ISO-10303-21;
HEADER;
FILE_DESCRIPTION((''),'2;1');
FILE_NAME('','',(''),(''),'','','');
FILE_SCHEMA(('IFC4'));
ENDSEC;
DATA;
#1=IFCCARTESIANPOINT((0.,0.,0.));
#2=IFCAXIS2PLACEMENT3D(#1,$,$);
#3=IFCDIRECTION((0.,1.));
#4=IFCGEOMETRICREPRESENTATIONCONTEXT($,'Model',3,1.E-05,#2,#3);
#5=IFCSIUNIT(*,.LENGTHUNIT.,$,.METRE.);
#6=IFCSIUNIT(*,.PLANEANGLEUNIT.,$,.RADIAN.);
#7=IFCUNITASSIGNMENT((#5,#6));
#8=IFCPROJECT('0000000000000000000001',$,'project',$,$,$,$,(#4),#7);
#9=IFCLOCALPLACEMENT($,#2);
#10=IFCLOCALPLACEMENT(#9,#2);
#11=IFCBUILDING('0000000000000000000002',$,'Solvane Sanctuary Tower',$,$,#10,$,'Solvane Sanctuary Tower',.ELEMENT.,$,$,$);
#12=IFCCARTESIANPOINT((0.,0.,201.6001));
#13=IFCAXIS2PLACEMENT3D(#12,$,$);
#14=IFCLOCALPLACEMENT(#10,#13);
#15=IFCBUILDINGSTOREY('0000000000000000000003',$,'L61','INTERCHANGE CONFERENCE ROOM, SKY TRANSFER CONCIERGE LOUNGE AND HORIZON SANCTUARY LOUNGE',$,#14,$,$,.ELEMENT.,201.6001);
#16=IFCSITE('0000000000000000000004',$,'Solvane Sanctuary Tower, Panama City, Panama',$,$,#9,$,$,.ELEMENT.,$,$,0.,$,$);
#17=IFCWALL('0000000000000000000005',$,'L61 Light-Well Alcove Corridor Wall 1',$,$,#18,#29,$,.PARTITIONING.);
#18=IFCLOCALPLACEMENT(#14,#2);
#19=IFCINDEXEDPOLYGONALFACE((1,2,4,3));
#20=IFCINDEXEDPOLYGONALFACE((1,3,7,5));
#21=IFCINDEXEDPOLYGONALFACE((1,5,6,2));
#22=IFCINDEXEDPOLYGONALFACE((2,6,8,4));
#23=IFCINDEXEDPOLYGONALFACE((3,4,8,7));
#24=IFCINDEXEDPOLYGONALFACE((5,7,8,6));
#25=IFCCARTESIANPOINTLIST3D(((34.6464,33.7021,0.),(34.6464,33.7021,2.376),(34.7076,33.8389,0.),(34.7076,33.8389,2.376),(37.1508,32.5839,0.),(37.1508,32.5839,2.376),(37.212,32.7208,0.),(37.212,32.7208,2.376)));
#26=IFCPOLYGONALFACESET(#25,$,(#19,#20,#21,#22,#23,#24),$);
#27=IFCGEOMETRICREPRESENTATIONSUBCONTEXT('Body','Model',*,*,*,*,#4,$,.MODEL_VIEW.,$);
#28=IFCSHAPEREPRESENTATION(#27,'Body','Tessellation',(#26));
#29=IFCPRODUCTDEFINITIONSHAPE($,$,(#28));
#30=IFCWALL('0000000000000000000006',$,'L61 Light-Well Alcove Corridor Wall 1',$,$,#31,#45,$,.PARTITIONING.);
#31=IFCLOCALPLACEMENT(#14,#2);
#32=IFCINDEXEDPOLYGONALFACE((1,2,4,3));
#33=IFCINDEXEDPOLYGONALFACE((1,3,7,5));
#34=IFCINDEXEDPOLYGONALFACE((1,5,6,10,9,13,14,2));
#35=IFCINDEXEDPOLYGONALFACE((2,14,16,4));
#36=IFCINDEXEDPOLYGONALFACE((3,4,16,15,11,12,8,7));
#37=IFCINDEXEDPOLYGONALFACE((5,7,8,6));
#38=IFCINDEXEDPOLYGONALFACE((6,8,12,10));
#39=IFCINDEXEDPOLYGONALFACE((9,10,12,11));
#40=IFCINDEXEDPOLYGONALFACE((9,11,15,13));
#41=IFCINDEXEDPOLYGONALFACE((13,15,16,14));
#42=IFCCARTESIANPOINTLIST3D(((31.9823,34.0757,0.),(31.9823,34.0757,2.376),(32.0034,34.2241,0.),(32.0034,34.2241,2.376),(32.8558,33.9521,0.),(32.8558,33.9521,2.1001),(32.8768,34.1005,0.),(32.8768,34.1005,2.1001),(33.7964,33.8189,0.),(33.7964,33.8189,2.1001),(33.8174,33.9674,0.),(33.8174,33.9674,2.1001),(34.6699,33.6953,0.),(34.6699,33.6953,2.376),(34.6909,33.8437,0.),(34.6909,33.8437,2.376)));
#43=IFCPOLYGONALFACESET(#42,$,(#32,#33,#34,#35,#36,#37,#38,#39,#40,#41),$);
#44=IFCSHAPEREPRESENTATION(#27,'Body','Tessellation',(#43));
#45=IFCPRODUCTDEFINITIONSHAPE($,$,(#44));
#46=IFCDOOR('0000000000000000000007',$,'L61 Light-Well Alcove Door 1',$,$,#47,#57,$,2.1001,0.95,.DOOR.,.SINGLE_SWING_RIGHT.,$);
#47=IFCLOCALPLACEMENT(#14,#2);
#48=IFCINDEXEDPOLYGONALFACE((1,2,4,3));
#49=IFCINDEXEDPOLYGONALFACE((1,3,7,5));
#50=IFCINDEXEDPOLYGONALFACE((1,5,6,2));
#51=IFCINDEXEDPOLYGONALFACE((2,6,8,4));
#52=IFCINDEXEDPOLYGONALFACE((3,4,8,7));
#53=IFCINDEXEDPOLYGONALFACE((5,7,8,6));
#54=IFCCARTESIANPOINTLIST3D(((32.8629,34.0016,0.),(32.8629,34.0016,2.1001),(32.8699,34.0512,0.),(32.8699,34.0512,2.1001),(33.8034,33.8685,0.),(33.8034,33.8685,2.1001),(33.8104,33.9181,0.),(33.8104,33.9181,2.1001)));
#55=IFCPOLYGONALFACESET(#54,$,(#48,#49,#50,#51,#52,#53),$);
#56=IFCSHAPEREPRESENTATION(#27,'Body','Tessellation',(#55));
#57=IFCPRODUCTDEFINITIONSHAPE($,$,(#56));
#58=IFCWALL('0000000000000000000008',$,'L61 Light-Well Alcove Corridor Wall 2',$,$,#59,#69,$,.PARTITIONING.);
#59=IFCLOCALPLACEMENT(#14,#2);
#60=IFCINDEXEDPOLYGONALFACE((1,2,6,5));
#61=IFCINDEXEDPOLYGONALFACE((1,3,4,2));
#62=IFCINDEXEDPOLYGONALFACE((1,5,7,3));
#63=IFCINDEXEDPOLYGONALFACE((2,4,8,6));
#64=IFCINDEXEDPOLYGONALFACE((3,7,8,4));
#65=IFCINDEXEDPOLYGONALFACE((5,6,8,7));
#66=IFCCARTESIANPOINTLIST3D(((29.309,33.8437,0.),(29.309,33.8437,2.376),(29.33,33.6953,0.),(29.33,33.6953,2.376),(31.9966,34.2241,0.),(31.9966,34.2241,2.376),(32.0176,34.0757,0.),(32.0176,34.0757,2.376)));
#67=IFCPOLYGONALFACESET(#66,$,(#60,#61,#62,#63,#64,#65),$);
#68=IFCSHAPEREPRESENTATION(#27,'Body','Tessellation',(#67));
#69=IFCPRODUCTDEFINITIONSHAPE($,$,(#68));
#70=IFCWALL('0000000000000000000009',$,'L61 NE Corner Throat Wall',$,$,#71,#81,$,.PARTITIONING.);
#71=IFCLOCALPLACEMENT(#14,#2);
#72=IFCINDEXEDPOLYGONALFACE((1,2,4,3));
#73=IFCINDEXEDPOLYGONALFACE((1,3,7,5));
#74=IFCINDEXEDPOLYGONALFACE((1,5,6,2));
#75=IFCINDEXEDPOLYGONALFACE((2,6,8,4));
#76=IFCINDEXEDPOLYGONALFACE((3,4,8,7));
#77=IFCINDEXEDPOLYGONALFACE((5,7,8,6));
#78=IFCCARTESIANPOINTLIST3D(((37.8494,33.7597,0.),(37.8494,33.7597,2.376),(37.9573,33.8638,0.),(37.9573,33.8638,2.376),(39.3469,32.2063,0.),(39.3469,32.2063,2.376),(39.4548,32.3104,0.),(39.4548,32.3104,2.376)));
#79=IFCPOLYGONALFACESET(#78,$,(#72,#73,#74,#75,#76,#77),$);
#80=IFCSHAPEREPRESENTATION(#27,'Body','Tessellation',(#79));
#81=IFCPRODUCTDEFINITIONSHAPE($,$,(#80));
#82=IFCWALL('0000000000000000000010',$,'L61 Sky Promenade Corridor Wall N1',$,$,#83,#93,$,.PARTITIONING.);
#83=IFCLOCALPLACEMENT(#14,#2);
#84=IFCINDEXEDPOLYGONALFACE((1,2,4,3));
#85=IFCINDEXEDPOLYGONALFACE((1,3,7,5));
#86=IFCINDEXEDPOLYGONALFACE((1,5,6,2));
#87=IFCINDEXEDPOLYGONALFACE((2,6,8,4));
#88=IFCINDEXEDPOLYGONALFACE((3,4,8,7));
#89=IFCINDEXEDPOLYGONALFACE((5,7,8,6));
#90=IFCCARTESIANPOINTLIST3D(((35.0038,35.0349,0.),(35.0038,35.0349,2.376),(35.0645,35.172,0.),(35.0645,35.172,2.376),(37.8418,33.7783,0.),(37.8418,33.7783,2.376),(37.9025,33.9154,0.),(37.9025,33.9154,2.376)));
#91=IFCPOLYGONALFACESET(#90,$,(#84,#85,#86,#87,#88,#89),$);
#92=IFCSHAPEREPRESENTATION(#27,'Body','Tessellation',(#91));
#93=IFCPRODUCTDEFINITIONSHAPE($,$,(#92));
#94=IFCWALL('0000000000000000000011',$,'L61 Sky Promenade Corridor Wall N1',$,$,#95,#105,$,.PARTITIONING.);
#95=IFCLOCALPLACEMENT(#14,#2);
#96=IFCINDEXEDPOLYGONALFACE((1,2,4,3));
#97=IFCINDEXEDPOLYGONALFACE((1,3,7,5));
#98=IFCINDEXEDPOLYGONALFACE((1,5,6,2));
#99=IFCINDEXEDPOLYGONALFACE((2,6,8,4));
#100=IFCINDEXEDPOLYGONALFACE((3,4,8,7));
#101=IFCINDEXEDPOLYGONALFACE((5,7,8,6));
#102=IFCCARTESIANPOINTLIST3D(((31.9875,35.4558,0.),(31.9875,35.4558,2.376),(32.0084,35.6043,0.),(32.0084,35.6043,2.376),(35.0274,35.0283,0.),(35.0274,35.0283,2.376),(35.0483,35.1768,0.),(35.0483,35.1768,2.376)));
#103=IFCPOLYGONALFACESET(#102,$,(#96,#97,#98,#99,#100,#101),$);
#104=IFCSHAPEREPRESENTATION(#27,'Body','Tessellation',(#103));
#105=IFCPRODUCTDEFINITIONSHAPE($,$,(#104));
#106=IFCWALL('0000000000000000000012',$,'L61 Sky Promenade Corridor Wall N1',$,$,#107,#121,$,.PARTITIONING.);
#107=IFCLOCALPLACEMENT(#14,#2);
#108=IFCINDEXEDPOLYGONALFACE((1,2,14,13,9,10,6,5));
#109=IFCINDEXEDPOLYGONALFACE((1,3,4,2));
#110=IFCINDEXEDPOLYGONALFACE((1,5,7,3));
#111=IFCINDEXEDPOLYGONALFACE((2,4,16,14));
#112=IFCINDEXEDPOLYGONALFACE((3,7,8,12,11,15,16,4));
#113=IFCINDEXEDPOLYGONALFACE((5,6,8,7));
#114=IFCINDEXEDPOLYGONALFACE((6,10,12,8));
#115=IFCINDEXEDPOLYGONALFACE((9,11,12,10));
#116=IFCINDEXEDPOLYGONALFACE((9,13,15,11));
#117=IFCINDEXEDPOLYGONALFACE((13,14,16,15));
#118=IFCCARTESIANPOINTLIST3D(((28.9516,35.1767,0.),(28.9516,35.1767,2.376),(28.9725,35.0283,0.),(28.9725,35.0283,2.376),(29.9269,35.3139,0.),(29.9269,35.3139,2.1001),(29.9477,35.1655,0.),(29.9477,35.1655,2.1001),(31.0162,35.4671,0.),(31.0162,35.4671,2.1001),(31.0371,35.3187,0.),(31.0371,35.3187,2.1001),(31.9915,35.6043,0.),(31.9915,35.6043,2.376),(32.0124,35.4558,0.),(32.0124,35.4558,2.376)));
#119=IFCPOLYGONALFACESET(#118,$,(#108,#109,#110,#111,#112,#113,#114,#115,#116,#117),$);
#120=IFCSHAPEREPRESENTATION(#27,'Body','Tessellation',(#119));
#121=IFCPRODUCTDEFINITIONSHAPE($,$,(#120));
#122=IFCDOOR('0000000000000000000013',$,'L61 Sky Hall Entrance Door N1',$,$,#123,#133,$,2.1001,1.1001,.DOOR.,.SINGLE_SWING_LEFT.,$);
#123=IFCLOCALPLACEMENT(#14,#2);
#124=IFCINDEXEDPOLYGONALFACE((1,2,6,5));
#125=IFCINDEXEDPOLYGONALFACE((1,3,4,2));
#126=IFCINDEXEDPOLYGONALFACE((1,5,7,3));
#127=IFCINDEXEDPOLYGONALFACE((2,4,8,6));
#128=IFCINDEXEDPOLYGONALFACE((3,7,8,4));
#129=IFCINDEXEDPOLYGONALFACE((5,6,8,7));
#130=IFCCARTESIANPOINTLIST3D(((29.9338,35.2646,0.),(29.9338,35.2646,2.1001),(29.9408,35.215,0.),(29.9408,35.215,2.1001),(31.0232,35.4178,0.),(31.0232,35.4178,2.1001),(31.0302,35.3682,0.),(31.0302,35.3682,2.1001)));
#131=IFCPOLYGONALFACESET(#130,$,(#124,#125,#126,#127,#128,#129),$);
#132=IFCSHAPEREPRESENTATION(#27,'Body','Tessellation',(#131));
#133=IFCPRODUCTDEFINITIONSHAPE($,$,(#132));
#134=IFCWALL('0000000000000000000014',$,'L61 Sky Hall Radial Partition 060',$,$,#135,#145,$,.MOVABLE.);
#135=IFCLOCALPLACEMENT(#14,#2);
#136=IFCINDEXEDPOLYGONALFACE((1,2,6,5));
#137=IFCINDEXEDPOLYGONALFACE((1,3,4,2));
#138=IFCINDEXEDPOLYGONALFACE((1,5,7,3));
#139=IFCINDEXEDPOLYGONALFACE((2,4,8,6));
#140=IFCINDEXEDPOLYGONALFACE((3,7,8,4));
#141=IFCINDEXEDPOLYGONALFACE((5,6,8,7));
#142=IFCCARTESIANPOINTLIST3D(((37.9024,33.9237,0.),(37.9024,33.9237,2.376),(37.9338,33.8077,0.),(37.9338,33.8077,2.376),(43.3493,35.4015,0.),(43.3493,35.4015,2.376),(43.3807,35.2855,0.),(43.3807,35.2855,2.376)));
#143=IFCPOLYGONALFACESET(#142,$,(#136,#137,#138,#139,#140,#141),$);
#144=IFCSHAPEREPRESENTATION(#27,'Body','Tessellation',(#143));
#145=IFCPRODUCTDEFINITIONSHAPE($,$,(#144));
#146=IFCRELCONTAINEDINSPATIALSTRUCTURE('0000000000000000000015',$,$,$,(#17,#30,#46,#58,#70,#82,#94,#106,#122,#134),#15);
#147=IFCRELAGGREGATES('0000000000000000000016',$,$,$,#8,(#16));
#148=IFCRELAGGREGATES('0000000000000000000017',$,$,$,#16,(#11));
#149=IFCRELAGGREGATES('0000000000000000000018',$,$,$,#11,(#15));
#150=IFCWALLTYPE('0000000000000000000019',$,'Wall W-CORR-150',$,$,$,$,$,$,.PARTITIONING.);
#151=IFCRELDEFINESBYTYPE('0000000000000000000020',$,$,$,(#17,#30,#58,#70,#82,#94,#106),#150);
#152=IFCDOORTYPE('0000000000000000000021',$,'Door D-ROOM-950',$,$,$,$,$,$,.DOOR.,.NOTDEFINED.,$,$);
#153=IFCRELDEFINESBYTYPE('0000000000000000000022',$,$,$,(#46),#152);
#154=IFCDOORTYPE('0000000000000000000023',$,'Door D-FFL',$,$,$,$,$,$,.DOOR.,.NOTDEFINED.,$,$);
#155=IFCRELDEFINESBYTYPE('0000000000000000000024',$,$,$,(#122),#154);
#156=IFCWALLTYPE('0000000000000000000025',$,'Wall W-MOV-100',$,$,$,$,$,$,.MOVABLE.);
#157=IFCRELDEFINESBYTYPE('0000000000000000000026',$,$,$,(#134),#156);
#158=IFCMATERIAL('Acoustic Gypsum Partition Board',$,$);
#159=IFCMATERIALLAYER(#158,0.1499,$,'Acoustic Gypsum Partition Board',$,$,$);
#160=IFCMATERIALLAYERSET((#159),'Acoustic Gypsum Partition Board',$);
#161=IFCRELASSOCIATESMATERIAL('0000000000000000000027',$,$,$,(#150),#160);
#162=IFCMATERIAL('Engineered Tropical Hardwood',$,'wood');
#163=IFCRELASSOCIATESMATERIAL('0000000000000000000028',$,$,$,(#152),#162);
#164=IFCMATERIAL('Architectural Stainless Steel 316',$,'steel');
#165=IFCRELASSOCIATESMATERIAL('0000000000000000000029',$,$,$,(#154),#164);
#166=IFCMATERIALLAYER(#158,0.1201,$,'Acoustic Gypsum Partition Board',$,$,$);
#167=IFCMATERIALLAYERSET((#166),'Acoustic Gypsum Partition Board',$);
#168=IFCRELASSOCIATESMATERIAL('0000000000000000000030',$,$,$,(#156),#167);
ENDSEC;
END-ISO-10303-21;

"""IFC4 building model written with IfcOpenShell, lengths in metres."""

from ifc_helpers import new_model, si_unit, direction, frame, frame_2d, origin, place, context, subcontext, project, spatial, rectangle, extrude, material, layer, layer_set, type_object, element, fill, save


model = new_model("IFC4")

# Units and contexts
model_context = context("Model", 3, precision=1e-05, world=origin(), true_north=direction((0.0, 1.0)))
body_context = subcontext(model_context, "Body", "Model", "MODEL_VIEW")
ifc_project = project(units=[si_unit("LENGTHUNIT", "METRE"), si_unit("PLANEANGLEUNIT", "RADIAN")], contexts=[model_context])

# Site, building, storey
site_placement = place(None, origin())
site = spatial("IfcSite", under=ifc_project, at=site_placement, Name="Solvane Sanctuary Tower, Panama City, Panama", CompositionType="ELEMENT", RefElevation=0.0)
building_placement = place(site_placement, origin())
building = spatial("IfcBuilding", under=site, at=building_placement, Name="Solvane Sanctuary Tower", LongName="Solvane Sanctuary Tower", CompositionType="ELEMENT")
storey_placement = place(building_placement, frame((0.0, 0.0, 201.6001)))
storey = spatial("IfcBuildingStorey", under=building, at=storey_placement, Name="L61", Description="INTERCHANGE CONFERENCE ROOM, SKY TRANSFER CONCIERGE LOUNGE AND HORIZON SANCTUARY LOUNGE", CompositionType="ELEMENT", Elevation=201.6001)

# Wall
ifc_material_1 = material(Name="Acoustic Gypsum Partition Board")
ifc_layer_1 = layer(ifc_material_1, 0.1499, Name="Acoustic Gypsum Partition Board")
ifc_layer_set_1 = layer_set([ifc_layer_1], Name="Acoustic Gypsum Partition Board")
wall_type_1 = type_object("IfcWallType", Name="Wall W-CORR-150", PredefinedType="PARTITIONING", material=ifc_layer_set_1)
wall_1_placement = place(storey_placement, frame((37.1814, 32.6523, 0.0), z_axis=(0.0, 0.0, 1.0), x_axis=(-0.91312, 0.407691, 0.0)))
element("IfcWall", 1, at=wall_1_placement, inside=storey, type_object=wall_type_1, Name="L61 Light-Well Alcove Corridor Wall 1", PredefinedType="PARTITIONING", context=body_context, shape_type="SweptSolid", body=[
    extrude(rectangle(XDim=2.7427, YDim=0.1499, at=frame_2d((1.3713, 0.0))), origin(), (0.0, 0.0, 1.0), 2.376),
])

# Wall, opening, door
wall_2_placement = place(storey_placement, frame((34.6804, 33.7695, 0.0), z_axis=(0.0, 0.0, 1.0), x_axis=(-0.990132, 0.140137, 0.0)))
wall_2 = element("IfcWall", 2, at=wall_2_placement, inside=storey, type_object=wall_type_1, Name="L61 Light-Well Alcove Corridor Wall 1", PredefinedType="PARTITIONING", context=body_context, shape_type="SweptSolid", body=[
    extrude(rectangle(XDim=2.7144, YDim=0.1499, at=frame_2d((1.3572, 0.0))), origin(), (0.0, 0.0, 1.0), 2.376),
])
opening_1_placement = place(wall_2_placement, frame((0.8821, 0.0, 0.0)))
opening_1 = element("IfcOpeningElement", 3, at=opening_1_placement, cuts=wall_2, PredefinedType="OPENING", context=body_context, shape_type="SweptSolid", body=[
    extrude(rectangle(XDim=0.95, YDim=2.1001, at=frame_2d((0.4751, 1.05))), frame((0.0, 0.085, 0.0), z_axis=(0.0, -1.0, 0.0), x_axis=(1.0, 0.0, 0.0)), (0.0, 0.0, 1.0), 0.1699),
])
ifc_material_2 = material(Name="Engineered Tropical Hardwood", Category="wood")
door_type_1 = type_object("IfcDoorType", Name="Door D-ROOM-950", OperationType="NOTDEFINED", PredefinedType="DOOR", material=ifc_material_2)
door_1_placement = place(opening_1_placement, origin())
door_1 = element("IfcDoor", 4, at=door_1_placement, inside=storey, type_object=door_type_1, Name="L61 Light-Well Alcove Door 1", OperationType="SINGLE_SWING_RIGHT", OverallHeight=2.1001, OverallWidth=0.95, PredefinedType="DOOR", context=body_context, shape_type="SweptSolid", body=[
    extrude(rectangle(XDim=0.95, YDim=2.1001, at=frame_2d((0.4751, 1.05))), frame((0.0, 0.0249, 0.0), z_axis=(0.0, -1.0, 0.0), x_axis=(1.0, 0.0, 0.0)), (0.0, 0.0, 1.0), 0.05),
])
fill(opening_1, door_1)

# Walls
wall_3_placement = place(storey_placement, frame((32.0071, 34.1499, 0.0), z_axis=(0.0, 0.0, 1.0), x_axis=(-0.990132, -0.140137, 0.0)))
element("IfcWall", 5, at=wall_3_placement, inside=storey, type_object=wall_type_1, Name="L61 Light-Well Alcove Corridor Wall 2", PredefinedType="PARTITIONING", context=body_context, shape_type="SweptSolid", body=[
    extrude(rectangle(XDim=2.7144, YDim=0.1499, at=frame_2d((1.3572, 0.0))), origin(), (0.0, 0.0, 1.0), 2.376),
])
wall_4_placement = place(storey_placement, frame((37.9033, 33.8118, 0.0), z_axis=(0.0, 0.0, 1.0), x_axis=(0.694033, -0.719943, 0.0)))
element("IfcWall", 6, at=wall_4_placement, inside=storey, type_object=wall_type_1, Name="L61 NE Corner Throat Wall", PredefinedType="PARTITIONING", context=body_context, shape_type="SweptSolid", body=[
    extrude(rectangle(XDim=2.1577, YDim=0.1499, at=frame_2d((1.0789, 0.0))), origin(), (0.0, 0.0, 1.0), 2.376),
])
wall_5_placement = place(storey_placement, frame((37.8721, 33.8469, 0.0), z_axis=(0.0, 0.0, 1.0), x_axis=(-0.914385, 0.404846, 0.0)))
element("IfcWall", 7, at=wall_5_placement, inside=storey, type_object=wall_type_1, Name="L61 Sky Promenade Corridor Wall N1", PredefinedType="PARTITIONING", context=body_context, shape_type="SweptSolid", body=[
    extrude(rectangle(XDim=3.1038, YDim=0.1499, at=frame_2d((1.5518, 0.0))), origin(), (0.0, 0.0, 1.0), 2.376),
])
wall_6_placement = place(storey_placement, frame((35.0378, 35.1025, 0.0), z_axis=(0.0, 0.0, 1.0), x_axis=(-0.990256, 0.139261, 0.0)))
element("IfcWall", 8, at=wall_6_placement, inside=storey, type_object=wall_type_1, Name="L61 Sky Promenade Corridor Wall N1", PredefinedType="PARTITIONING", context=body_context, shape_type="SweptSolid", body=[
    extrude(rectangle(XDim=3.0698, YDim=0.1499, at=frame_2d((1.5349, 0.0))), origin(), (0.0, 0.0, 1.0), 2.376),
])

# Wall, opening, door
wall_7_placement = place(storey_placement, frame((32.002, 35.53, 0.0), z_axis=(0.0, 0.0, 1.0), x_axis=(-0.990256, -0.139261, 0.0)))
wall_7 = element("IfcWall", 9, at=wall_7_placement, inside=storey, type_object=wall_type_1, Name="L61 Sky Promenade Corridor Wall N1", PredefinedType="PARTITIONING", context=body_context, shape_type="SweptSolid", body=[
    extrude(rectangle(XDim=3.0698, YDim=0.1499, at=frame_2d((1.5349, 0.0))), origin(), (0.0, 0.0, 1.0), 2.376),
])
opening_2_placement = place(wall_7_placement, frame((0.9849, 0.0, 0.0)))
opening_2 = element("IfcOpeningElement", 10, at=opening_2_placement, cuts=wall_7, PredefinedType="OPENING", context=body_context, shape_type="SweptSolid", body=[
    extrude(rectangle(XDim=1.1001, YDim=2.1001, at=frame_2d((0.55, 1.05))), frame((0.0, 0.085, 0.0), z_axis=(0.0, -1.0, 0.0), x_axis=(1.0, 0.0, 0.0)), (0.0, 0.0, 1.0), 0.1699),
])
ifc_material_3 = material(Name="Architectural Stainless Steel 316", Category="steel")
door_type_2 = type_object("IfcDoorType", Name="Door D-FFL", OperationType="NOTDEFINED", PredefinedType="DOOR", material=ifc_material_3)
door_2_placement = place(opening_2_placement, origin())
door_2 = element("IfcDoor", 11, at=door_2_placement, inside=storey, type_object=door_type_2, Name="L61 Sky Hall Entrance Door N1", OperationType="SINGLE_SWING_LEFT", OverallHeight=2.1001, OverallWidth=1.1001, PredefinedType="DOOR", context=body_context, shape_type="SweptSolid", body=[
    extrude(rectangle(XDim=1.1001, YDim=2.1001, at=frame_2d((0.55, 1.05))), frame((0.0, 0.0249, 0.0), z_axis=(0.0, -1.0, 0.0), x_axis=(1.0, 0.0, 0.0)), (0.0, 0.0, 1.0), 0.05),
])
fill(opening_2, door_2)

# Wall
ifc_layer_2 = layer(ifc_material_1, 0.1201, Name="Acoustic Gypsum Partition Board")
ifc_layer_set_2 = layer_set([ifc_layer_2], Name="Acoustic Gypsum Partition Board")
wall_type_2 = type_object("IfcWallType", Name="Wall W-MOV-100", PredefinedType="MOVABLE", material=ifc_layer_set_2)
wall_8_placement = place(storey_placement, frame((37.9182, 33.8657, 0.0), z_axis=(0.0, 0.0, 1.0), x_axis=(0.965109, 0.261847, 0.0)))
element("IfcWall", 12, at=wall_8_placement, inside=storey, type_object=wall_type_2, Name="L61 Sky Hall Radial Partition 060", PredefinedType="MOVABLE", context=body_context, shape_type="SweptSolid", body=[
    extrude(rectangle(XDim=5.6438, YDim=0.1201, at=frame_2d((2.8218, 0.0))), origin(), (0.0, 0.0, 1.0), 2.376),
])

save(model, "model.ifc")
